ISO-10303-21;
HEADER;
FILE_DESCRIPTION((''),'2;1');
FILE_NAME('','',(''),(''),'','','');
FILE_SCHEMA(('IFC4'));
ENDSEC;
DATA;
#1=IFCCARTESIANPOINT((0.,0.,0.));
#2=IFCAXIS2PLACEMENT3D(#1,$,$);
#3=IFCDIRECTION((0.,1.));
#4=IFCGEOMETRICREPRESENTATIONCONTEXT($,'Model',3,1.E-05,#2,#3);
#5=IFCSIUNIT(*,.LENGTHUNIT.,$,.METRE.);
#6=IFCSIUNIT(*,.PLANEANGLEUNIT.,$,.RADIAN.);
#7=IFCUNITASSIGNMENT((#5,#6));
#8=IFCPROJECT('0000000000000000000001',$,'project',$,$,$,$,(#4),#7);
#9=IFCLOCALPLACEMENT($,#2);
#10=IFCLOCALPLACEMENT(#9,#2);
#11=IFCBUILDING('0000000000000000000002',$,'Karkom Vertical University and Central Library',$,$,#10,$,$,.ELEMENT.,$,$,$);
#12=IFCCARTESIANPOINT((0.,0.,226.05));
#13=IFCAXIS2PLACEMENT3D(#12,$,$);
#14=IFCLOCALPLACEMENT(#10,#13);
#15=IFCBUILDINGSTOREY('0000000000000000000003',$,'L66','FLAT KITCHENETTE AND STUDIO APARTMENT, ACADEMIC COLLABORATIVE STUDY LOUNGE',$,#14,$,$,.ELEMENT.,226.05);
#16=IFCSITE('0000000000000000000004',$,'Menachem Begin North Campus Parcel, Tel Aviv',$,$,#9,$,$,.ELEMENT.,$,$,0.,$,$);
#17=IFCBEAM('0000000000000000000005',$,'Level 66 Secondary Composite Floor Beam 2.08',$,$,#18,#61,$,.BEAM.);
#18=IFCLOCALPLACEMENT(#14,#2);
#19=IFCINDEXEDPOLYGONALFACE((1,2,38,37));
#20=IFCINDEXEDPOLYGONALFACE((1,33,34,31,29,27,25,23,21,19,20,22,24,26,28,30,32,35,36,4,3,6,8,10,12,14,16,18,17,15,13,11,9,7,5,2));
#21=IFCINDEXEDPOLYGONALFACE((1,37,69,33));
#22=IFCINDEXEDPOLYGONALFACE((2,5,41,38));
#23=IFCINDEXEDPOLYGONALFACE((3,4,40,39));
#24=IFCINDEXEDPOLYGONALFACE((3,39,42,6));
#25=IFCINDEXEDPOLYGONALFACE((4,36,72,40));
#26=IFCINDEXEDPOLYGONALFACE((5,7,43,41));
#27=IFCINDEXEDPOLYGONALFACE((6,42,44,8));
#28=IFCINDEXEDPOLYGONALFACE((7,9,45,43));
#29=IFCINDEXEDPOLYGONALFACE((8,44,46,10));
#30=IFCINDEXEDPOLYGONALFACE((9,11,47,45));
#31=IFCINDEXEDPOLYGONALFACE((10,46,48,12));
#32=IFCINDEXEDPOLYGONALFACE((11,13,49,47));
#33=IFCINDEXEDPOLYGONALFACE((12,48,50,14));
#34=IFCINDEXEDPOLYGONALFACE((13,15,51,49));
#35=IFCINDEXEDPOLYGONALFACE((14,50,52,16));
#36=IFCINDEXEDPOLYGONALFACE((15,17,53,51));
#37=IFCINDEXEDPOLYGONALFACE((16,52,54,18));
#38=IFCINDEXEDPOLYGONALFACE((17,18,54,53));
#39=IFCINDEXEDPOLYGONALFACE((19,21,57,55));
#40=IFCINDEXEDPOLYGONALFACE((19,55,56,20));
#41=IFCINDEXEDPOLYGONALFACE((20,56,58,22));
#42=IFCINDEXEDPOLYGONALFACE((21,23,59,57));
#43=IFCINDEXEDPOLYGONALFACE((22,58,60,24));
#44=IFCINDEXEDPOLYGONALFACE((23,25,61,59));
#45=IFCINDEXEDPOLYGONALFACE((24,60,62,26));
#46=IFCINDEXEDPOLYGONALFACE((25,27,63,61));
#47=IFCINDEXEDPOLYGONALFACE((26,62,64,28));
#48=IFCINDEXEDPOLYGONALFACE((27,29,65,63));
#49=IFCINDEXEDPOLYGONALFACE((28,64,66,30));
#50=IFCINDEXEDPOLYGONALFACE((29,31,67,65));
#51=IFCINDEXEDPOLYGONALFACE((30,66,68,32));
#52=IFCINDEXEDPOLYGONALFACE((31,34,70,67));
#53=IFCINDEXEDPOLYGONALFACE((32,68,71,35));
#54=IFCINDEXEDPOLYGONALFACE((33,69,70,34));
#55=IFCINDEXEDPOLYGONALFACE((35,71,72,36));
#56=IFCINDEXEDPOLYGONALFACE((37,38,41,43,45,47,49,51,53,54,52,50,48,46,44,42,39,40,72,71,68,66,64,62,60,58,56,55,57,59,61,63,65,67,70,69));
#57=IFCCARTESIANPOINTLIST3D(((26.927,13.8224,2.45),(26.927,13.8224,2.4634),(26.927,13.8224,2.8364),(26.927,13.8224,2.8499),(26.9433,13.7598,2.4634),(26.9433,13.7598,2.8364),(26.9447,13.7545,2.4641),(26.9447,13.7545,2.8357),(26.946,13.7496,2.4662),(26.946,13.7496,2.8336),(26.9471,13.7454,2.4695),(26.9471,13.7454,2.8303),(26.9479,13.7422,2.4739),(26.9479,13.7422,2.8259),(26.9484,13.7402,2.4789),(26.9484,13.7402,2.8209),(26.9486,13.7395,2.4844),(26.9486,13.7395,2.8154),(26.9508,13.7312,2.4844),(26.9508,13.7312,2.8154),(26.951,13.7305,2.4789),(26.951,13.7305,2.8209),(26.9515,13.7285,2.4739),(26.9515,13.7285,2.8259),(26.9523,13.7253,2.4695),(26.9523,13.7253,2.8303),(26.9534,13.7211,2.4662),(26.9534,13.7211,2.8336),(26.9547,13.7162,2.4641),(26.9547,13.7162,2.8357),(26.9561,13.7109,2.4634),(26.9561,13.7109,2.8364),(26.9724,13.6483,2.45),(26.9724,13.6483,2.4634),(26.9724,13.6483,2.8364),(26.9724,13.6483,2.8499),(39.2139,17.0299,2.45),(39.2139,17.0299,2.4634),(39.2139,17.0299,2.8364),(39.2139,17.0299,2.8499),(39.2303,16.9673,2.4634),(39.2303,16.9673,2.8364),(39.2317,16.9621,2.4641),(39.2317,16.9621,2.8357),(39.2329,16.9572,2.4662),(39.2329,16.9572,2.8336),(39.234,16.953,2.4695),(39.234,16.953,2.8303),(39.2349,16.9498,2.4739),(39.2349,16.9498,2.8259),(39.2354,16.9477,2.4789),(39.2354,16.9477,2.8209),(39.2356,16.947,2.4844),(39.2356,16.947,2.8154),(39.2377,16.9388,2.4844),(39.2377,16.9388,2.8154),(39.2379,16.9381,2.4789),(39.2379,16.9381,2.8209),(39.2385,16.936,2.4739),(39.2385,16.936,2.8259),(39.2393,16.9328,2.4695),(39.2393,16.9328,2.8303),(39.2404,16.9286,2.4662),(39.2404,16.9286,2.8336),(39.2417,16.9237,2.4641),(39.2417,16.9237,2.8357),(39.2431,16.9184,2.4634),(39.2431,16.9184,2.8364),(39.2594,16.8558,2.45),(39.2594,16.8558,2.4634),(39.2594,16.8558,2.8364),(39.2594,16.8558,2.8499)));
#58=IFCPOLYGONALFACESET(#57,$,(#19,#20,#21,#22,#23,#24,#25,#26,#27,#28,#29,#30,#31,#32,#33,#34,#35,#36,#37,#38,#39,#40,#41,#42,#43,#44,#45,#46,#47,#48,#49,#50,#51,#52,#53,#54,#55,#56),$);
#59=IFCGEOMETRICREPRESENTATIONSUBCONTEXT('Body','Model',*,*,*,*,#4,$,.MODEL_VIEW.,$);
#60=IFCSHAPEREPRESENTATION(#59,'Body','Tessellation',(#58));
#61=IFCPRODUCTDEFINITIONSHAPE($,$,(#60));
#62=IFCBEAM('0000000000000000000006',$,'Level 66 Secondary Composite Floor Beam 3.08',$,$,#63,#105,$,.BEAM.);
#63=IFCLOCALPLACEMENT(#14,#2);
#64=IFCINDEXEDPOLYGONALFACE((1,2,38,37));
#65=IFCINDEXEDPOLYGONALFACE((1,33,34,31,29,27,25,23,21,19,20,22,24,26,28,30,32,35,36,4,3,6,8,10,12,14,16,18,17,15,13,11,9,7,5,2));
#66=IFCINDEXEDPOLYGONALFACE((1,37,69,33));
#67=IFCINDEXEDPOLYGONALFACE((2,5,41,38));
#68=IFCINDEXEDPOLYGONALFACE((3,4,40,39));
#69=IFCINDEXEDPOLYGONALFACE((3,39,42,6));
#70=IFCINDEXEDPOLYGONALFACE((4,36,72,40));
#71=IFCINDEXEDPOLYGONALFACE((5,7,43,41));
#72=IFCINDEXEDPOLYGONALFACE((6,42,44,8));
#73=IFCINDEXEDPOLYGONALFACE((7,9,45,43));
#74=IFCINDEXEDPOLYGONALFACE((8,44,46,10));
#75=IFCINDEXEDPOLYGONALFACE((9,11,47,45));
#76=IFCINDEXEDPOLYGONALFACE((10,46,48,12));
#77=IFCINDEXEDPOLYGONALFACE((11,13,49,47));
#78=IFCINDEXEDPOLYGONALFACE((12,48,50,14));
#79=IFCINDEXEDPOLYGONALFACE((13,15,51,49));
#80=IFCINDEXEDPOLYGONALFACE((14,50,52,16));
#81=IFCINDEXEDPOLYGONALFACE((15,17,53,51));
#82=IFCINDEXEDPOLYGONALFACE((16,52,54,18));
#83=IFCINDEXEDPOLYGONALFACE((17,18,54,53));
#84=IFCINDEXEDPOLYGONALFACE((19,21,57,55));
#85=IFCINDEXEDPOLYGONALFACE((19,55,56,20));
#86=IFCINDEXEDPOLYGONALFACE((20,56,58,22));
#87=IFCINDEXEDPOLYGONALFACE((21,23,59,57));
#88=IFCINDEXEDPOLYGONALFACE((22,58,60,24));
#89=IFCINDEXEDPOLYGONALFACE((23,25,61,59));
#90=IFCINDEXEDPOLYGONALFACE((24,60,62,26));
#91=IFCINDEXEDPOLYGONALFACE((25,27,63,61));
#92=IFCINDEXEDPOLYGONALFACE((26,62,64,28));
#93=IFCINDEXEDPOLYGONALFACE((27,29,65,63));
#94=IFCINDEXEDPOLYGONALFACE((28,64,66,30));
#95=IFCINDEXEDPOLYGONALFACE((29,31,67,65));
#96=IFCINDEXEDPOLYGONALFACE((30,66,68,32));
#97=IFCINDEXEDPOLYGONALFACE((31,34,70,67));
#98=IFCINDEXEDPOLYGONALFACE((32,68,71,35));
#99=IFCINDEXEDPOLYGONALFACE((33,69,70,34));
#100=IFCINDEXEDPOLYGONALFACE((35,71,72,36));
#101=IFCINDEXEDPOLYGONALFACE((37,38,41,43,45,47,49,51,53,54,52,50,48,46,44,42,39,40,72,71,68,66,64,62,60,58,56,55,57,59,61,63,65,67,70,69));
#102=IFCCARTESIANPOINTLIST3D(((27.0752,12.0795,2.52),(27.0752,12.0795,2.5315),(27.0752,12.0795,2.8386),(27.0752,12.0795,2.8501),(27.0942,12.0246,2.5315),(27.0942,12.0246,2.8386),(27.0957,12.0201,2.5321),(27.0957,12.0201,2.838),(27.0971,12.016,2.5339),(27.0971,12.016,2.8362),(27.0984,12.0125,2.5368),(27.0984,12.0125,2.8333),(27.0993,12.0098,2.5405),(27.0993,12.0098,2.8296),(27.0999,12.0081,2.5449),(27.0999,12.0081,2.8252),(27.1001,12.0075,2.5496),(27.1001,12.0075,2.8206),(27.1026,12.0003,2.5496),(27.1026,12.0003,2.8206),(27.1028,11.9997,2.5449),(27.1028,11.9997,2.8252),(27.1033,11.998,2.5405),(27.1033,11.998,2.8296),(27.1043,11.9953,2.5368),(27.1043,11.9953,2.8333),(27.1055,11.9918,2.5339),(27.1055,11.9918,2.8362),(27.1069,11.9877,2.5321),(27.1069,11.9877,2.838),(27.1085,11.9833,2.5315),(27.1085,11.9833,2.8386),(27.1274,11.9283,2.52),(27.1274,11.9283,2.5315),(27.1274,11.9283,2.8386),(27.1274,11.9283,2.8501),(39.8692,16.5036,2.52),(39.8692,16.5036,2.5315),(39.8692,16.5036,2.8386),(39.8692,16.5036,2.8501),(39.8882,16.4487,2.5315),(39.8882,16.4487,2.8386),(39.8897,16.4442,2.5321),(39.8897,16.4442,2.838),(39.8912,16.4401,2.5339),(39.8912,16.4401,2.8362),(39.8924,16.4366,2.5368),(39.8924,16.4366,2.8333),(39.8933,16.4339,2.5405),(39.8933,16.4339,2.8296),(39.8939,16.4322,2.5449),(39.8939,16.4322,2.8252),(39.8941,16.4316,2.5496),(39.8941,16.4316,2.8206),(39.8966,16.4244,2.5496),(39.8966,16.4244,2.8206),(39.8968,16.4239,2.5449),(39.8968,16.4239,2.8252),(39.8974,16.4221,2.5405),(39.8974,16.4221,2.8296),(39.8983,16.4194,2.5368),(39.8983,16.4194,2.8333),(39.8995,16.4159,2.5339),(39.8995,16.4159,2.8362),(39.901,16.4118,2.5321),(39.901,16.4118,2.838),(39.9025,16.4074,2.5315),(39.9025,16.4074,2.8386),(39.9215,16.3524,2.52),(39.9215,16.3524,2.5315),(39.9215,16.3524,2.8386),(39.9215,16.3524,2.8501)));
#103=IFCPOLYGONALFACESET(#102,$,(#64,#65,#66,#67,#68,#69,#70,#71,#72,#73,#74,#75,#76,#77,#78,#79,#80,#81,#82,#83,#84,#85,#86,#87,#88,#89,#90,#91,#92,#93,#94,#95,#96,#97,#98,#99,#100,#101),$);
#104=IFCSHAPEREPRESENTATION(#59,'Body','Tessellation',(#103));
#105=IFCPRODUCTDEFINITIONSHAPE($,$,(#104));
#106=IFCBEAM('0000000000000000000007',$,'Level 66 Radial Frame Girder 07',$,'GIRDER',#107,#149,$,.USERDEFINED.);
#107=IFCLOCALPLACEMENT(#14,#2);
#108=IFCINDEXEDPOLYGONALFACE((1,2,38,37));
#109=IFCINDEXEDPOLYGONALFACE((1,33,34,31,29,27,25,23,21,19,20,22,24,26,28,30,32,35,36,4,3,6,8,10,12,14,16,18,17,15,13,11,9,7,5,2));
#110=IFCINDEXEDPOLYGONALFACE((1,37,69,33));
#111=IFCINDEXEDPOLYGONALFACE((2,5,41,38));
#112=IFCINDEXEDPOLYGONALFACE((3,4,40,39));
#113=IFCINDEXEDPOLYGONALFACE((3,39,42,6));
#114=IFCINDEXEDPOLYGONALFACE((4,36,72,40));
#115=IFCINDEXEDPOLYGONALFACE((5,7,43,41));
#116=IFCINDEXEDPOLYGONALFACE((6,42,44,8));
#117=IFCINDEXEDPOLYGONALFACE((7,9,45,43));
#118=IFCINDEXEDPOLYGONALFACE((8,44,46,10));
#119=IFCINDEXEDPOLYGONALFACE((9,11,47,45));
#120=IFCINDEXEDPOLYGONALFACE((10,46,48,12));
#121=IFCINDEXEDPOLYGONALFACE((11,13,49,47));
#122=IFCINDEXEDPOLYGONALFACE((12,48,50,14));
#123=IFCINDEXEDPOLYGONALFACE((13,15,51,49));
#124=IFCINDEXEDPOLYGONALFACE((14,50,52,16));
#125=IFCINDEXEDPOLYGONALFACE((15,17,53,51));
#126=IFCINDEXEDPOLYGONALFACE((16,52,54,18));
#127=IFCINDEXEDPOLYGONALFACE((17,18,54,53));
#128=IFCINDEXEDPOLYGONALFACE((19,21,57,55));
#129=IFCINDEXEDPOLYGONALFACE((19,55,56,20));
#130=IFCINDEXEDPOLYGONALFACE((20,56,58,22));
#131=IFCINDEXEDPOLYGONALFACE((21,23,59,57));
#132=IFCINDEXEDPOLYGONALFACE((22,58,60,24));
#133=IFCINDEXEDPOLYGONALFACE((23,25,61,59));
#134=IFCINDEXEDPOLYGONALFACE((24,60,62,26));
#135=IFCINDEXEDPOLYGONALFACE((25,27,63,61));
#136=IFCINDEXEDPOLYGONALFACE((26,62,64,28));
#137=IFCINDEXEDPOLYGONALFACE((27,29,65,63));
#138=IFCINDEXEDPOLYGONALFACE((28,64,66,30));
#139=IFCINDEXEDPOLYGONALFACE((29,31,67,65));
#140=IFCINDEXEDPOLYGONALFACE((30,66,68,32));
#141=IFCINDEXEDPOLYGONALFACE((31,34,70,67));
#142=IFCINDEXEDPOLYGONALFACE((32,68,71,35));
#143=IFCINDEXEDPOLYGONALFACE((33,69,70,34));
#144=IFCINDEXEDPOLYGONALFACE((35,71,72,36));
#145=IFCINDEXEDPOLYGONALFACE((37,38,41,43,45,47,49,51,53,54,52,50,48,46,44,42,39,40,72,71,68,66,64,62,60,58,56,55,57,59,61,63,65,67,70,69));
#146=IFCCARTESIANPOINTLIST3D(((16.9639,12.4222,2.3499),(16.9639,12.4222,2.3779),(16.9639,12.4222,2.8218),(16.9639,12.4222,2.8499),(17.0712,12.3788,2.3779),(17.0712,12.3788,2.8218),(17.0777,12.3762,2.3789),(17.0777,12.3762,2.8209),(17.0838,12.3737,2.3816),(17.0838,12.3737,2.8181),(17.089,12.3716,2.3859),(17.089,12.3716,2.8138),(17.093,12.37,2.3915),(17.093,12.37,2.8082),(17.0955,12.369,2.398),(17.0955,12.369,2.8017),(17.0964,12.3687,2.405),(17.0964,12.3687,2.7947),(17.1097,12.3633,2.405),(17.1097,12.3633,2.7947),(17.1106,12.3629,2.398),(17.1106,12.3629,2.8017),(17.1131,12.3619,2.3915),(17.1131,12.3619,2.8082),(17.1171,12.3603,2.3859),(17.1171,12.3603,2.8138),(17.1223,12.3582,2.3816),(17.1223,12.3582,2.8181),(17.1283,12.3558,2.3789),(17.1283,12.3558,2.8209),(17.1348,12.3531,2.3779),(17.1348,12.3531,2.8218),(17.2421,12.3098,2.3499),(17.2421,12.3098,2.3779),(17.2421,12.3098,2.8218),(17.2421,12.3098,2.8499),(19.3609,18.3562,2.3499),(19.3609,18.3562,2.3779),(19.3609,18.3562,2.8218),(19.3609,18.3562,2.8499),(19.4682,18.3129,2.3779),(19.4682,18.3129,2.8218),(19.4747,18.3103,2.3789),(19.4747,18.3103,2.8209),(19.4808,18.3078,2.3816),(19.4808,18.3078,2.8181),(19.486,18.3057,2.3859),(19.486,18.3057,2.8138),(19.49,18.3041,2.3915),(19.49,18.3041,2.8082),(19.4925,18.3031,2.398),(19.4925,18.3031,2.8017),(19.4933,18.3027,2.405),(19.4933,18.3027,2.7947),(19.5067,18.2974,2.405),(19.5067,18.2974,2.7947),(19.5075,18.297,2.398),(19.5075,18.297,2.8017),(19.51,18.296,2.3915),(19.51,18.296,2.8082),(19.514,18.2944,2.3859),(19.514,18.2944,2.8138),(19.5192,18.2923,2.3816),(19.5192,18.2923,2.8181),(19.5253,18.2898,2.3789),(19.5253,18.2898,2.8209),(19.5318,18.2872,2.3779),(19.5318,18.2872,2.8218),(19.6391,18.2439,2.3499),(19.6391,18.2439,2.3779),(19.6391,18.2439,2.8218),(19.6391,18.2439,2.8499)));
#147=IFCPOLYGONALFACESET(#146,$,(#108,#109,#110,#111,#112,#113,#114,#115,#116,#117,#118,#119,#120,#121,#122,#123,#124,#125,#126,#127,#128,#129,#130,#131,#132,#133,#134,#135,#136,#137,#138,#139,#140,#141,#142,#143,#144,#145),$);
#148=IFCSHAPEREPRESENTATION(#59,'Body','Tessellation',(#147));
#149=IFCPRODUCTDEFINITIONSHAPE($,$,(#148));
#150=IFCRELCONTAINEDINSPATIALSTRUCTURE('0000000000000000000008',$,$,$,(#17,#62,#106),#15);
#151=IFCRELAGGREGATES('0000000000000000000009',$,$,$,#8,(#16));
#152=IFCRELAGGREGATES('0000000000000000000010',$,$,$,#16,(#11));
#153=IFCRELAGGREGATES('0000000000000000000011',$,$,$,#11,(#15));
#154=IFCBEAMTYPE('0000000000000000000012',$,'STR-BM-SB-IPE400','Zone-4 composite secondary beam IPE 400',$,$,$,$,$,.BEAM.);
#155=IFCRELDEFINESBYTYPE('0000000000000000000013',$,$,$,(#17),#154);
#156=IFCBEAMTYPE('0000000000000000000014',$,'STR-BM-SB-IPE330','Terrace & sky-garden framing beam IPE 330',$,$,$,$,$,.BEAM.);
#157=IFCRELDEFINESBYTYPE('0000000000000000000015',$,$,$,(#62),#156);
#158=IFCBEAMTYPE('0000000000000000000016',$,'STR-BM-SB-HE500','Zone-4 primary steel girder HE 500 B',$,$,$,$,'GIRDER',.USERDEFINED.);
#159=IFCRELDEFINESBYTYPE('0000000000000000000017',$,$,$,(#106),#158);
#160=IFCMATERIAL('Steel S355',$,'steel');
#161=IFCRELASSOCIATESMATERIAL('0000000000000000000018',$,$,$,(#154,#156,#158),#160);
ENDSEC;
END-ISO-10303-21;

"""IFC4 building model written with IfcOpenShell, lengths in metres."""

from ifc_helpers import new_model, si_unit, direction, frame, origin, origin_with_axes, origin_2d, place, context, subcontext, project, spatial, i_section, extrude, source, transform, mapped, material, material_profile, profile_set, type_object, element, save


model = new_model("IFC4")

# Units and contexts
model_context = context("Model", 3, precision=1e-05, world=origin(), true_north=direction((0.0, 1.0)))
body_context = subcontext(model_context, "Body", "Model", "MODEL_VIEW")
ifc_project = project(units=[si_unit("LENGTHUNIT", "METRE"), si_unit("PLANEANGLEUNIT", "RADIAN")], contexts=[model_context])

# Site, building, storey
site_placement = place(None, origin())
site = spatial("IfcSite", under=ifc_project, at=site_placement, Name="Menachem Begin North Campus Parcel, Tel Aviv", CompositionType="ELEMENT", RefElevation=0.0)
building_placement = place(site_placement, origin())
building = spatial("IfcBuilding", under=site, at=building_placement, Name="Karkom Vertical University and Central Library", CompositionType="ELEMENT")
storey_placement = place(building_placement, frame((0.0, 0.0, 226.05)))
storey = spatial("IfcBuildingStorey", under=building, at=storey_placement, Name="L66", Description="FLAT KITCHENETTE AND STUDIO APARTMENT, ACADEMIC COLLABORATIVE STUDY LOUNGE", CompositionType="ELEMENT", Elevation=226.05)

# Beams
ifc_material_1 = material(Name="Steel S355", Category="steel")
ifc_material_profile_1 = material_profile(ifc_material_1, i_section(OverallWidth=0.1799, OverallDepth=0.3999, WebThickness=0.0085, FlangeThickness=0.0134, FilletRadius=0.021, at=origin_2d()), Name="IPE 400")
ifc_profile_set_1 = profile_set([ifc_material_profile_1], Name="Steel S355")
beam_type_1 = type_object("IfcBeamType", Name="STR-BM-SB-IPE400", Description="Zone-4 composite secondary beam IPE 400", PredefinedType="BEAM", material=ifc_profile_set_1)
shared_shape_1 = source(origin_with_axes(), body_context, "Body", "SweptSolid", [
    extrude(i_section(OverallWidth=0.1799, OverallDepth=0.3999, WebThickness=0.0085, FlangeThickness=0.0134, FilletRadius=0.021, at=origin_2d()), origin(), (0.0, 0.0, 1.0), 12.6987),
])
beam_1_placement = place(storey_placement, frame((26.9497, 13.7354, 2.6499), z_axis=(0.967574, 0.252588, 0.0), x_axis=(-0.252588, 0.967574, 0.0)))
element("IfcBeam", 1, at=beam_1_placement, inside=storey, type_object=beam_type_1, Name="Level 66 Secondary Composite Floor Beam 2.08", PredefinedType="BEAM", context=body_context, shape_type="MappedRepresentation", body=[
    mapped(shared_shape_1, transform((0.0, 0.0, 0.0), scale=1.0)),
])
ifc_material_profile_2 = material_profile(ifc_material_1, i_section(OverallWidth=0.1599, OverallDepth=0.3301, WebThickness=0.0076, FlangeThickness=0.0115, FilletRadius=0.0181, at=origin_2d()), Name="IPE 330")
ifc_profile_set_2 = profile_set([ifc_material_profile_2], Name="Steel S355")
beam_type_2 = type_object("IfcBeamType", Name="STR-BM-SB-IPE330", Description="Terrace & sky-garden framing beam IPE 330", PredefinedType="BEAM", material=ifc_profile_set_2)
shared_shape_2 = source(origin_with_axes(), body_context, "Body", "SweptSolid", [
    extrude(i_section(OverallWidth=0.1599, OverallDepth=0.3301, WebThickness=0.0076, FlangeThickness=0.0115, FilletRadius=0.0181, at=origin_2d()), origin(), (0.0, 0.0, 1.0), 13.5374),
])
beam_2_placement = place(storey_placement, frame((27.1013, 12.0039, 2.6851), z_axis=(0.945091, 0.326807, 0.0), x_axis=(-0.326807, 0.945091, 0.0)))
element("IfcBeam", 2, at=beam_2_placement, inside=storey, type_object=beam_type_2, Name="Level 66 Secondary Composite Floor Beam 3.08", PredefinedType="BEAM", context=body_context, shape_type="MappedRepresentation", body=[
    mapped(shared_shape_2, transform((0.0, 0.0, 0.0), scale=1.0)),
])
ifc_material_profile_3 = material_profile(ifc_material_1, i_section(OverallWidth=0.3, OverallDepth=0.5, WebThickness=0.0144, FlangeThickness=0.0281, FilletRadius=0.0271, at=origin_2d()), Name="HE 500 B")
ifc_profile_set_3 = profile_set([ifc_material_profile_3], Name="Steel S355")
beam_type_3 = type_object("IfcBeamType", Name="STR-BM-SB-HE500", Description="Zone-4 primary steel girder HE 500 B", ElementType="GIRDER", PredefinedType="USERDEFINED", material=ifc_profile_set_3)
shared_shape_3 = source(origin_with_axes(), body_context, "Body", "SweptSolid", [
    extrude(i_section(OverallWidth=0.3, OverallDepth=0.5, WebThickness=0.0144, FlangeThickness=0.0281, FilletRadius=0.0271, at=origin_2d()), origin(), (0.0, 0.0, 1.0), 6.3999),
])
beam_3_placement = place(storey_placement, frame((19.5, 18.3, 2.5999), z_axis=(-0.374532, -0.927214, 0.0), x_axis=(0.927214, -0.374532, 0.0)))
element("IfcBeam", 3, at=beam_3_placement, inside=storey, type_object=beam_type_3, Name="Level 66 Radial Frame Girder 07", ObjectType="GIRDER", PredefinedType="USERDEFINED", context=body_context, shape_type="MappedRepresentation", body=[
    mapped(shared_shape_3, transform((0.0, 0.0, 0.0), scale=1.0)),
])

save(model, "model.ifc")
